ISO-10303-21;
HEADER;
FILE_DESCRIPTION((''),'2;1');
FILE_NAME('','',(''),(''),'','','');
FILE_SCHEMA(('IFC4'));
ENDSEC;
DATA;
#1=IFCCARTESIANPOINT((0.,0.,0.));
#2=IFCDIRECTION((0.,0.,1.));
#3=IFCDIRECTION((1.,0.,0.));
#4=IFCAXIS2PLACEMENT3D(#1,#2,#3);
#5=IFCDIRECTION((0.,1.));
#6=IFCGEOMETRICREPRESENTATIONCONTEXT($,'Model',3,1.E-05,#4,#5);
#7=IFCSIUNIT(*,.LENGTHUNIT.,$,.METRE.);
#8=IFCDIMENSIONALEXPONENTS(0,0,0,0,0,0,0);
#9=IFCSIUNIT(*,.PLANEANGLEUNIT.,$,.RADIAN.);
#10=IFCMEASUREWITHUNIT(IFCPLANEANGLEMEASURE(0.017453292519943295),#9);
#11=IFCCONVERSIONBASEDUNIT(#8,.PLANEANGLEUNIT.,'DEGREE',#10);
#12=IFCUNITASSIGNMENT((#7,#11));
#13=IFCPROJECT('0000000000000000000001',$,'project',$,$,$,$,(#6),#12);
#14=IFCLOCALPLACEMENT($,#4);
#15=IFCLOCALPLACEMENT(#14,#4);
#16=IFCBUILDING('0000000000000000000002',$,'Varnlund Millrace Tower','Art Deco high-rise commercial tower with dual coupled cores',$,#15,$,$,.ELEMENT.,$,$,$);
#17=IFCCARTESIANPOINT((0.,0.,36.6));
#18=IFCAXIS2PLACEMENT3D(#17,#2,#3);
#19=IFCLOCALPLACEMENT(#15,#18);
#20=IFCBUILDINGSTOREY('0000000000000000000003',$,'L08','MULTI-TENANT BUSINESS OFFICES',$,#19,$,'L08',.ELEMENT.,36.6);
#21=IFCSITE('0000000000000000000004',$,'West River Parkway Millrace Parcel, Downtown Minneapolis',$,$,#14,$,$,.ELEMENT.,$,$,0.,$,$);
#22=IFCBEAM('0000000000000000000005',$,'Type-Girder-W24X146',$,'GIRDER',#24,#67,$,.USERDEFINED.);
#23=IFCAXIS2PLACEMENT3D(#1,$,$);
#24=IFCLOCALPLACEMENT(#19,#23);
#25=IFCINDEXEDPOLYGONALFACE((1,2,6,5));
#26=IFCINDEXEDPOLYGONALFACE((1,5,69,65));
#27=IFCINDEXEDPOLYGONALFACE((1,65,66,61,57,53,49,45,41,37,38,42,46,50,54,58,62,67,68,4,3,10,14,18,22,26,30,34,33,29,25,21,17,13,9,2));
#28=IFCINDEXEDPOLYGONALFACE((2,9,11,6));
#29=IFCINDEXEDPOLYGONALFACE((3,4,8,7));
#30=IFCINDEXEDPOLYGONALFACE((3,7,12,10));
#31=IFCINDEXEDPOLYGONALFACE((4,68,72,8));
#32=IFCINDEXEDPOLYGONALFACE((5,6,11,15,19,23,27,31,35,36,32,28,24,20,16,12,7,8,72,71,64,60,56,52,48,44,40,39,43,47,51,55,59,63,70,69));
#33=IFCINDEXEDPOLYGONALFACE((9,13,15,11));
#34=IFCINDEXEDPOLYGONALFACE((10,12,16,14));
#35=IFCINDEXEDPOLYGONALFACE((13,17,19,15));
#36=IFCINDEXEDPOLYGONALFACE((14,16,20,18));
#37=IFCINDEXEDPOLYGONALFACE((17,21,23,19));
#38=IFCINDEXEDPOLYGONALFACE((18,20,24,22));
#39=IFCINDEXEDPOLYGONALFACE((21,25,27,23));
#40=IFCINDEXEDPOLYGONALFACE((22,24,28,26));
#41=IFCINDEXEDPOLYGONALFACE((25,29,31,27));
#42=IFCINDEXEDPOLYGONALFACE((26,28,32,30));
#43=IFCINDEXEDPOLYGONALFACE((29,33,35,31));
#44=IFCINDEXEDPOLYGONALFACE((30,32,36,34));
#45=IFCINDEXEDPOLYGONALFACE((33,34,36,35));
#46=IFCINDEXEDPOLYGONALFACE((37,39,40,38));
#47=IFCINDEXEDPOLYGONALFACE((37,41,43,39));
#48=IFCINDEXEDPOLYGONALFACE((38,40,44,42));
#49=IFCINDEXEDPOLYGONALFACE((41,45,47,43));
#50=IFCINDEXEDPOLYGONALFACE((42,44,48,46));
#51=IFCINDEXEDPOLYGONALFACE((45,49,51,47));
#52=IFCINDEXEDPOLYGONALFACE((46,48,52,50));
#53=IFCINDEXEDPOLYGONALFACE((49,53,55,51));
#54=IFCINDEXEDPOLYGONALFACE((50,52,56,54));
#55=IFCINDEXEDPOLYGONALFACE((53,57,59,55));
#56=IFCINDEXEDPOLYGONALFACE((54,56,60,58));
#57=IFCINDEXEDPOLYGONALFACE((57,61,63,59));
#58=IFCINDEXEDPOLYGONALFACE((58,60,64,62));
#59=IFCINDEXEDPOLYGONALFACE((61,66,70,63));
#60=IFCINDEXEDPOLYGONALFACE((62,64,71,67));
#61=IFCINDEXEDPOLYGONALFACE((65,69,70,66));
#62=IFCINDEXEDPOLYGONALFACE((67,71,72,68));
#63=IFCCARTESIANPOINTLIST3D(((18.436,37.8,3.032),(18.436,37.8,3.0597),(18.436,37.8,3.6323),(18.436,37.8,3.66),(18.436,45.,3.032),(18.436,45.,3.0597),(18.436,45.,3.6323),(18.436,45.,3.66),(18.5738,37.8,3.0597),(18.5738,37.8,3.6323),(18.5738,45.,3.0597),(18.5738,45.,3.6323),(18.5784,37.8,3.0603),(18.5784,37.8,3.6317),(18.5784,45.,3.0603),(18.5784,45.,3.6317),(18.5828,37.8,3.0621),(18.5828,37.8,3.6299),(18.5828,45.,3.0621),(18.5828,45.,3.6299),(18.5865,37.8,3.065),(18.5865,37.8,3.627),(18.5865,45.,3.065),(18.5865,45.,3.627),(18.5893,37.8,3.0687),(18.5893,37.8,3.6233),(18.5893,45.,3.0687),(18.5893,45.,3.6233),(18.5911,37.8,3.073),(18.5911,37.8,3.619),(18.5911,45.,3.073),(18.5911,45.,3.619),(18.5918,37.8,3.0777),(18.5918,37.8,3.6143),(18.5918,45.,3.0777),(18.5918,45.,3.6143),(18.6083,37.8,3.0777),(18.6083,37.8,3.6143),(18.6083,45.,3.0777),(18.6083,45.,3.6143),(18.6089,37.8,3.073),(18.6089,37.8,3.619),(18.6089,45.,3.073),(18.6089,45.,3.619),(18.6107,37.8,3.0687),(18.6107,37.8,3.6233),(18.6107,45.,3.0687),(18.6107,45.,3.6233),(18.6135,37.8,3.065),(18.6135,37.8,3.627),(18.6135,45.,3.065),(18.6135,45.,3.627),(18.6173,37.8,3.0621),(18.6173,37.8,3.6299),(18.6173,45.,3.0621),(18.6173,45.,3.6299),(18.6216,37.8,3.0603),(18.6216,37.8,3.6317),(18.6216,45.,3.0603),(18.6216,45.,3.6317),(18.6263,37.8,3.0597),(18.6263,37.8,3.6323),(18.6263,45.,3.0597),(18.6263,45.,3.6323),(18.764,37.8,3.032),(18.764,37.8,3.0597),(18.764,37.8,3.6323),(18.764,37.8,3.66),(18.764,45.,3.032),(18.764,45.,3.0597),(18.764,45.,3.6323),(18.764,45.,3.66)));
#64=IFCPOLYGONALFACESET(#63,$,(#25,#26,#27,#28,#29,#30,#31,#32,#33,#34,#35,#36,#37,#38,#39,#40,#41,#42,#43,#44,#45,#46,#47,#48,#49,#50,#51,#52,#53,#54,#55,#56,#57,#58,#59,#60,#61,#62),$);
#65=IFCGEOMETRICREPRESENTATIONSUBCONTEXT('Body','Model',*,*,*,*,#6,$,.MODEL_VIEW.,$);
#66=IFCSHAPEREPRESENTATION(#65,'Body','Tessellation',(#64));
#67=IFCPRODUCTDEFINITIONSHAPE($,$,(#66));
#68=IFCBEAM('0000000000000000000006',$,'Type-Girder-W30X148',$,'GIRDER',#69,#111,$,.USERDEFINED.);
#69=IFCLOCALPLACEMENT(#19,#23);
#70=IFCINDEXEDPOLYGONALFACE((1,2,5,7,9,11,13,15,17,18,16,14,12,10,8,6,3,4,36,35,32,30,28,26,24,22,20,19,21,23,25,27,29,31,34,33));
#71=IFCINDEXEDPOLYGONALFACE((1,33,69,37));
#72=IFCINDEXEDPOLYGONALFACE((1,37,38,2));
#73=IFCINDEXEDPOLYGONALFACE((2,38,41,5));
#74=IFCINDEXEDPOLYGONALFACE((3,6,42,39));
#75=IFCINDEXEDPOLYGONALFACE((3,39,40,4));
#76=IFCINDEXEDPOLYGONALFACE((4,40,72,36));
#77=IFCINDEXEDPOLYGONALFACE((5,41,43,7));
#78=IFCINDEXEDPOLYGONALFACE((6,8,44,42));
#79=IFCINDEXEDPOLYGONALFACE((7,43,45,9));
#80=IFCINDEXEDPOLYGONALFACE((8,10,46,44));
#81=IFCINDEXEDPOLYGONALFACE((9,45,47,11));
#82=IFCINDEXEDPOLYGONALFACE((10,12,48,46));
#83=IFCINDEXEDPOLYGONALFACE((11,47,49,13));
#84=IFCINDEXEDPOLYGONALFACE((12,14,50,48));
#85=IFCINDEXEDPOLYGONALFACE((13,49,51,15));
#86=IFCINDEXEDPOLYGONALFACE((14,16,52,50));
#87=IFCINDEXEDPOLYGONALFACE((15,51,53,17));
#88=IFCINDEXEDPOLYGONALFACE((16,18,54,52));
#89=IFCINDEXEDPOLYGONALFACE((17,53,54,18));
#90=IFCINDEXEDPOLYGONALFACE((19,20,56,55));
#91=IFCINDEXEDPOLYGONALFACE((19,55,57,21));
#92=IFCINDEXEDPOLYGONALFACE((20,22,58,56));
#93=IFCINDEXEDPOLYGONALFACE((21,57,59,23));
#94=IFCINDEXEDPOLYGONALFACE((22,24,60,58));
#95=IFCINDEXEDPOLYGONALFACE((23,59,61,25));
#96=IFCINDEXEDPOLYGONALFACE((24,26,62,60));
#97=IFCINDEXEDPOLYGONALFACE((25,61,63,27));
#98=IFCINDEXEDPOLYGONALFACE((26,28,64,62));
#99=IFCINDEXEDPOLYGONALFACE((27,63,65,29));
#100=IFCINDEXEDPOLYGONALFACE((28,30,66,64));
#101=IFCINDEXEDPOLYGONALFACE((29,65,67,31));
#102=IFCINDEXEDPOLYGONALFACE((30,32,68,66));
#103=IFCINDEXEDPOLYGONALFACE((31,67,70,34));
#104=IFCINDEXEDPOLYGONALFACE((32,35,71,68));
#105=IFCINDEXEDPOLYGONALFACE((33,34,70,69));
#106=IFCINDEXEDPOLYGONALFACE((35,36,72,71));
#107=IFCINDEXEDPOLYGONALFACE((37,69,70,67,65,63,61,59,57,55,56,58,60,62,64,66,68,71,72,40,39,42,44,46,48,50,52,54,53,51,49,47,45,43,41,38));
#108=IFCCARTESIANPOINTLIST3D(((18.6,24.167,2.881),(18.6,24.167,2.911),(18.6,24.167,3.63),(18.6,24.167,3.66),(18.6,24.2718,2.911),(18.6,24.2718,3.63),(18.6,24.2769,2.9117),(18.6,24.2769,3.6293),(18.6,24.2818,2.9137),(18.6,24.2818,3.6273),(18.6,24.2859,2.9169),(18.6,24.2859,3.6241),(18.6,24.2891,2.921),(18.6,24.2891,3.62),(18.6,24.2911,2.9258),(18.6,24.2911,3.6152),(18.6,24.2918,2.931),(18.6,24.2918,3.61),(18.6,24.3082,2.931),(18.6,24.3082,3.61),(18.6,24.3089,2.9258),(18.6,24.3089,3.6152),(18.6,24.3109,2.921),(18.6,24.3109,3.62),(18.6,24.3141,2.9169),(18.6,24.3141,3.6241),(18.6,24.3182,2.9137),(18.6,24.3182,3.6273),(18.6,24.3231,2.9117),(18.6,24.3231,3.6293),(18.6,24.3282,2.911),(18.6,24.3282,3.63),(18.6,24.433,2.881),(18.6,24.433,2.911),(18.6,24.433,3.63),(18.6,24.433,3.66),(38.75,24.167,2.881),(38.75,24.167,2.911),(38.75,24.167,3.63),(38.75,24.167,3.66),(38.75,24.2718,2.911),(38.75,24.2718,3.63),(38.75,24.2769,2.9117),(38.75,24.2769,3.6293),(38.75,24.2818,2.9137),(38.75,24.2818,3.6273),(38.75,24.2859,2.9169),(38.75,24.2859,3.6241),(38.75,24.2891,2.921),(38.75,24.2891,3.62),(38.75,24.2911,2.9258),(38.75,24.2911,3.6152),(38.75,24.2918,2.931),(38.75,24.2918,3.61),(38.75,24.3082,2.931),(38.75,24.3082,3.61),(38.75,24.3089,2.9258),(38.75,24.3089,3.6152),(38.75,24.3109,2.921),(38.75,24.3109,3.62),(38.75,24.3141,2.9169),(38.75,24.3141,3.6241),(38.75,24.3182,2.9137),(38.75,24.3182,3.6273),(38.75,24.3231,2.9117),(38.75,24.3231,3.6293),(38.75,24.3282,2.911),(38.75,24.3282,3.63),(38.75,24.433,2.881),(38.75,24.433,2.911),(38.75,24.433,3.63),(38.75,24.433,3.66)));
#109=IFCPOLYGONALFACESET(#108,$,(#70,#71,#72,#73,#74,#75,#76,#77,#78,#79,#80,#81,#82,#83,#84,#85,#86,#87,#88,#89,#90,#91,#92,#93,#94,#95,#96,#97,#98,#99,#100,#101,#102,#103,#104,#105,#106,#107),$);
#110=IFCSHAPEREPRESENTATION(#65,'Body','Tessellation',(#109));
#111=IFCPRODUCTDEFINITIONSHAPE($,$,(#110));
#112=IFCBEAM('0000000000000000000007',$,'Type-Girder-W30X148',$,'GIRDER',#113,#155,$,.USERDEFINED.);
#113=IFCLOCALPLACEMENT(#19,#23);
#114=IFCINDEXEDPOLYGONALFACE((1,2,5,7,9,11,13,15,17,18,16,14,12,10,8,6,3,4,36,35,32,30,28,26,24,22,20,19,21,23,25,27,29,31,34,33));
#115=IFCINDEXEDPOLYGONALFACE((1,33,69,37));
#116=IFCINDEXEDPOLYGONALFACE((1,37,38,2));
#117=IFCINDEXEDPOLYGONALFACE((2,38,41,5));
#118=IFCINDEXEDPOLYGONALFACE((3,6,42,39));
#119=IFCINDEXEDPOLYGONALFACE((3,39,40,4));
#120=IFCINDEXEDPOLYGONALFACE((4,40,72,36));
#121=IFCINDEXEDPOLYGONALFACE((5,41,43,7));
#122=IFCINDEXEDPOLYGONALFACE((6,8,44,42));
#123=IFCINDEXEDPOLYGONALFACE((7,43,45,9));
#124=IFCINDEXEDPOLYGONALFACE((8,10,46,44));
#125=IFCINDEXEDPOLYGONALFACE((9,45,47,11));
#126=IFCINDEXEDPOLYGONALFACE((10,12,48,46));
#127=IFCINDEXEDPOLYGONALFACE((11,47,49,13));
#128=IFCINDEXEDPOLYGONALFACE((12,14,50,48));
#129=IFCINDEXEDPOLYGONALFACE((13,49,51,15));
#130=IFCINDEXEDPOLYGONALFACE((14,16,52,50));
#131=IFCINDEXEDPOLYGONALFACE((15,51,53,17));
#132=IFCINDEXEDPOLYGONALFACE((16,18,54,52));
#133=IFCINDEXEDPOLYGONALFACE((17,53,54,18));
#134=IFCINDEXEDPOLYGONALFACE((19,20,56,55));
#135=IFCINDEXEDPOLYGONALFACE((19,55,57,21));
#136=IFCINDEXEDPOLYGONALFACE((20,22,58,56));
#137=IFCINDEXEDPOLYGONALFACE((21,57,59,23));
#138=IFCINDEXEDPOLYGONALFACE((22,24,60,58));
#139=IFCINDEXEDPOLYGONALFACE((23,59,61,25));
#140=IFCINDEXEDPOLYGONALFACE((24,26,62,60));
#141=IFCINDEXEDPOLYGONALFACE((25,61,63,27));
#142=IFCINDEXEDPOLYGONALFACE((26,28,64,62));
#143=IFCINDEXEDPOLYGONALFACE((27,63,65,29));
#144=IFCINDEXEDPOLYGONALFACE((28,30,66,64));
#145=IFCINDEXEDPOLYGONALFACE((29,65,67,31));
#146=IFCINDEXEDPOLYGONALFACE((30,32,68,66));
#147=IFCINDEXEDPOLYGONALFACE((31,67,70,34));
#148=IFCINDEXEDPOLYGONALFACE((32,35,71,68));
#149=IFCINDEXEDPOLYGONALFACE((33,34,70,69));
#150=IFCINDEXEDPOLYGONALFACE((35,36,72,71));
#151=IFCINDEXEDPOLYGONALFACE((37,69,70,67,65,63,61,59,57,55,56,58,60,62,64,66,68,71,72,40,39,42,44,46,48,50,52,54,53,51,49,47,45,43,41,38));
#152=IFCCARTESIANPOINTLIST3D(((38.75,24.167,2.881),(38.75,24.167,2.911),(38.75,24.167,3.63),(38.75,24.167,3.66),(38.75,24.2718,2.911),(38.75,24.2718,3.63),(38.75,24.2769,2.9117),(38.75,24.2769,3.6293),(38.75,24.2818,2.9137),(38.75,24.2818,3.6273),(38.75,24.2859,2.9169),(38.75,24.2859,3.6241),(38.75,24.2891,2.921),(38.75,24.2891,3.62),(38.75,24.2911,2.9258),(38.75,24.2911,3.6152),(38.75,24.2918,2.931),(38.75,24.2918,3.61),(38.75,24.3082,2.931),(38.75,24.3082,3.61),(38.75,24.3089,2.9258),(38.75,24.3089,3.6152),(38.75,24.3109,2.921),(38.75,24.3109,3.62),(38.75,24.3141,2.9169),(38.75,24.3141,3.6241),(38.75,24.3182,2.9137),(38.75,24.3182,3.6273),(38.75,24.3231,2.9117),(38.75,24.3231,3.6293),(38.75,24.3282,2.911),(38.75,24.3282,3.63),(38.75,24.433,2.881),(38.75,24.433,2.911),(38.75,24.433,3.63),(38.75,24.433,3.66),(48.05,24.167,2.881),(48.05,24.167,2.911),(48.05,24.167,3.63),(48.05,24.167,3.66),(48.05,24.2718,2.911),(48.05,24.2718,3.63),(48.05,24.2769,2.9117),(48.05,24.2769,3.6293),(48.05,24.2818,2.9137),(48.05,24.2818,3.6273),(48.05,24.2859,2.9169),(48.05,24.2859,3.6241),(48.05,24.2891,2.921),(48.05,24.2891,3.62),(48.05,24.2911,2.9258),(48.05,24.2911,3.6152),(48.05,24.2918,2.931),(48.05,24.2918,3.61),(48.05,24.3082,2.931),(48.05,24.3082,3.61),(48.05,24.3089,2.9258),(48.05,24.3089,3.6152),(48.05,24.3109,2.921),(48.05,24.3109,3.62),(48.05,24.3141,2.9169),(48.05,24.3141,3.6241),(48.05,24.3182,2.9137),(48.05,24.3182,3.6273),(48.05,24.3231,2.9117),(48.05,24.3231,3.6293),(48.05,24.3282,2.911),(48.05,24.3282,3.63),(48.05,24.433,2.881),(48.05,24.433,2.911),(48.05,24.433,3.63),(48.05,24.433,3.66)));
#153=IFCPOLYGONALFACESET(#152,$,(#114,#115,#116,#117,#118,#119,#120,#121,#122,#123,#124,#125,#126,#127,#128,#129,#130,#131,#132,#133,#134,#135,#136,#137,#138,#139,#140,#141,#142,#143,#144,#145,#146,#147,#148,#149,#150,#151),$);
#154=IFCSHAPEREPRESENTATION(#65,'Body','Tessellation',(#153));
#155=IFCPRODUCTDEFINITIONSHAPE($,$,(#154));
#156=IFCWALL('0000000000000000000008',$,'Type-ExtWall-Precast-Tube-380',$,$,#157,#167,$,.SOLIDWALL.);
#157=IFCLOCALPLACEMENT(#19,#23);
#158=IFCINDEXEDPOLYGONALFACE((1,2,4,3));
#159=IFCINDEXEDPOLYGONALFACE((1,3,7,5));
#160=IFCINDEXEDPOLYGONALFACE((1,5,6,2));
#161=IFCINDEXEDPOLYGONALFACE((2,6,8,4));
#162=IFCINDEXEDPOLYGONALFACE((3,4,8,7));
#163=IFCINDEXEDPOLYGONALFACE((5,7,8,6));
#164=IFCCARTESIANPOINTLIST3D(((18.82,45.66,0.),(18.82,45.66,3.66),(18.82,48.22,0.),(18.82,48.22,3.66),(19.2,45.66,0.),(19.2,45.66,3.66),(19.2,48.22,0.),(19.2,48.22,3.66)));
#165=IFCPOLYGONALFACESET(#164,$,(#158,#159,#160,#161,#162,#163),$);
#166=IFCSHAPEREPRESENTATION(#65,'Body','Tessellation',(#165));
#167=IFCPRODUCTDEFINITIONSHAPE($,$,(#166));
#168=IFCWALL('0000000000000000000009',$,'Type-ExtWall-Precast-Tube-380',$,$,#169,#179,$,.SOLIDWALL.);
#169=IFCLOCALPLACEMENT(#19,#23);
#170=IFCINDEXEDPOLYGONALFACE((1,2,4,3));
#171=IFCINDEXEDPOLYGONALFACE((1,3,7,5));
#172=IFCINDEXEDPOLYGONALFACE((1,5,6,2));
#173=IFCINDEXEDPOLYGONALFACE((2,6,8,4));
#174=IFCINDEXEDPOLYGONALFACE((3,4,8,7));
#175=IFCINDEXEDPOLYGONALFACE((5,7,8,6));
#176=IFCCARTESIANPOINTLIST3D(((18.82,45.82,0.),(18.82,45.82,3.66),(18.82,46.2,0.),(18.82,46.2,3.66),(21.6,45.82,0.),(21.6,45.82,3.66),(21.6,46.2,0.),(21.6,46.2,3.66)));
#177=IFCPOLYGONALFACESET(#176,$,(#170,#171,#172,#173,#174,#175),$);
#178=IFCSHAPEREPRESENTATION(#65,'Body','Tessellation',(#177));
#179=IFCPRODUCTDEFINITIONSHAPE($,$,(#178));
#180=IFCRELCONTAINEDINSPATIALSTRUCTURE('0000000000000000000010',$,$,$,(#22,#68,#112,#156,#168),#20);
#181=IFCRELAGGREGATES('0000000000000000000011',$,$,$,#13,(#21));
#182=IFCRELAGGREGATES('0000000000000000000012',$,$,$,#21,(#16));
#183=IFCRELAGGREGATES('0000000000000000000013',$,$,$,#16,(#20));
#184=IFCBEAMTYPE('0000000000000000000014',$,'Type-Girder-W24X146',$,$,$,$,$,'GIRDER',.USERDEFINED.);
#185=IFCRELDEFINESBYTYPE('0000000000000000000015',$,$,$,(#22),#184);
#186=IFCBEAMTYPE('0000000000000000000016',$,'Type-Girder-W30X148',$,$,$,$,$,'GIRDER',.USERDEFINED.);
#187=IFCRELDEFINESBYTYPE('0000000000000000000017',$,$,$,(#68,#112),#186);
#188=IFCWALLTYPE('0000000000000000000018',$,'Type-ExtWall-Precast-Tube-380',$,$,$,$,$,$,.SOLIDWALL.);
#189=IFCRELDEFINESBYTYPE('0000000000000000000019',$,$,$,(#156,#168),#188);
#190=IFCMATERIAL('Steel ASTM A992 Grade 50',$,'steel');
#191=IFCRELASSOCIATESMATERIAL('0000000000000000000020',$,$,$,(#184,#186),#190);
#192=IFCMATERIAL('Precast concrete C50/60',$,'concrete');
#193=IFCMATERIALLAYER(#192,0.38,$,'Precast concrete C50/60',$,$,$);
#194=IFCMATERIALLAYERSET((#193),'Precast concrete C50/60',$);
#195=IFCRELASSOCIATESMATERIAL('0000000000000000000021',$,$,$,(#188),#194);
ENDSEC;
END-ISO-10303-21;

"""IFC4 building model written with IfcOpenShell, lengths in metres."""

from ifc_helpers import new_model, entity, si_unit, converted_unit, direction, frame, origin_with_axes, origin_2d_with_axis, place, context, subcontext, project, spatial, polyline, i_section, outline, extrude, material, layer, layer_set, material_profile, profile_set, type_object, element, save


model = new_model("IFC4")

# Units and contexts
model_context = context("Model", 3, precision=1e-05, world=origin_with_axes(), true_north=direction((0.0, 1.0)))
body_context = subcontext(model_context, "Body", "Model", "MODEL_VIEW")
ifc_project = project(units=[si_unit("LENGTHUNIT", "METRE"), converted_unit("PLANEANGLEUNIT", "DEGREE", entity("IfcPlaneAngleMeasure", 0.017453292519943295), si_unit("PLANEANGLEUNIT", "RADIAN"), dimensions=[0, 0, 0, 0, 0, 0, 0])], contexts=[model_context])

# Site, building, storey
site_placement = place(None, origin_with_axes())
site = spatial("IfcSite", under=ifc_project, at=site_placement, Name="West River Parkway Millrace Parcel, Downtown Minneapolis", CompositionType="ELEMENT", RefElevation=0.0)
building_placement = place(site_placement, origin_with_axes())
building = spatial("IfcBuilding", under=site, at=building_placement, Name="Varnlund Millrace Tower", Description="Art Deco high-rise commercial tower with dual coupled cores", CompositionType="ELEMENT")
storey_placement = place(building_placement, frame((0.0, 0.0, 36.6), z_axis=(0.0, 0.0, 1.0), x_axis=(1.0, 0.0, 0.0)))
storey = spatial("IfcBuildingStorey", under=building, at=storey_placement, Name="L08", Description="MULTI-TENANT BUSINESS OFFICES", LongName="L08", CompositionType="ELEMENT", Elevation=36.6)

# Beams
ifc_material_1 = material(Name="Steel ASTM A992 Grade 50", Category="steel")
ifc_material_profile_1 = material_profile(ifc_material_1, i_section(OverallWidth=0.328, OverallDepth=0.628, WebThickness=0.0165, FlangeThickness=0.0277, FilletRadius=0.018, at=origin_2d_with_axis()), Name="Steel ASTM A992 Grade 50")
ifc_profile_set_1 = profile_set([ifc_material_profile_1], Name="Steel ASTM A992 Grade 50")
beam_type_1 = type_object("IfcBeamType", Name="Type-Girder-W24X146", ElementType="GIRDER", PredefinedType="USERDEFINED", material=ifc_profile_set_1)
beam_1_placement = place(storey_placement, frame((18.6, 37.8, 3.346), z_axis=(0.0, 1.0, 0.0), x_axis=(-1.0, 0.0, 0.0)))
element("IfcBeam", 1, at=beam_1_placement, inside=storey, type_object=beam_type_1, Name="Type-Girder-W24X146", ObjectType="GIRDER", PredefinedType="USERDEFINED", context=body_context, shape_type="SweptSolid", body=[
    extrude(i_section(OverallWidth=0.328, OverallDepth=0.628, WebThickness=0.0165, FlangeThickness=0.0277, FilletRadius=0.018, at=origin_2d_with_axis()), origin_with_axes(), (0.0, 0.0, 1.0), 7.2),
])
ifc_material_profile_2 = material_profile(ifc_material_1, i_section(OverallWidth=0.266, OverallDepth=0.779, WebThickness=0.0165, FlangeThickness=0.03, FilletRadius=0.02, at=origin_2d_with_axis()), Name="Steel ASTM A992 Grade 50")
ifc_profile_set_2 = profile_set([ifc_material_profile_2], Name="Steel ASTM A992 Grade 50")
beam_type_2 = type_object("IfcBeamType", Name="Type-Girder-W30X148", ElementType="GIRDER", PredefinedType="USERDEFINED", material=ifc_profile_set_2)
beam_2_placement = place(storey_placement, frame((18.6, 24.3, 3.2705), z_axis=(1.0, 0.0, 0.0), x_axis=(0.0, 1.0, 0.0)))
element("IfcBeam", 2, at=beam_2_placement, inside=storey, type_object=beam_type_2, Name="Type-Girder-W30X148", ObjectType="GIRDER", PredefinedType="USERDEFINED", context=body_context, shape_type="SweptSolid", body=[
    extrude(i_section(OverallWidth=0.266, OverallDepth=0.779, WebThickness=0.0165, FlangeThickness=0.03, FilletRadius=0.02, at=origin_2d_with_axis()), origin_with_axes(), (0.0, 0.0, 1.0), 20.15),
])
beam_3_placement = place(storey_placement, frame((38.75, 24.3, 3.2705), z_axis=(1.0, 0.0, 0.0), x_axis=(0.0, 1.0, 0.0)))
element("IfcBeam", 3, at=beam_3_placement, inside=storey, type_object=beam_type_2, Name="Type-Girder-W30X148", ObjectType="GIRDER", PredefinedType="USERDEFINED", context=body_context, shape_type="SweptSolid", body=[
    extrude(i_section(OverallWidth=0.266, OverallDepth=0.779, WebThickness=0.0165, FlangeThickness=0.03, FilletRadius=0.02, at=origin_2d_with_axis()), origin_with_axes(), (0.0, 0.0, 1.0), 9.3),
])

# Walls
ifc_material_2 = material(Name="Precast concrete C50/60", Category="concrete")
ifc_layer_1 = layer(ifc_material_2, 0.38, Name="Precast concrete C50/60")
ifc_layer_set_1 = layer_set([ifc_layer_1], Name="Precast concrete C50/60")
wall_type_1 = type_object("IfcWallType", Name="Type-ExtWall-Precast-Tube-380", PredefinedType="SOLIDWALL", material=ifc_layer_set_1)
wall_1_placement = place(storey_placement, frame((19.01, 48.22, 0.0), z_axis=(0.0, 0.0, 1.0), x_axis=(0.0, -1.0, 0.0)))
element("IfcWall", 4, at=wall_1_placement, inside=storey, type_object=wall_type_1, Name="Type-ExtWall-Precast-Tube-380", PredefinedType="SOLIDWALL", context=body_context, shape_type="SweptSolid", body=[
    extrude(outline(polyline([(0.0, -0.19), (2.56, -0.19), (2.56, 0.19), (0.0, 0.19), (0.0, -0.19)])), origin_with_axes(), (0.0, 0.0, 1.0), 3.66),
])
wall_2_placement = place(storey_placement, frame((18.82, 46.01, 0.0), z_axis=(0.0, 0.0, 1.0), x_axis=(1.0, 0.0, 0.0)))
element("IfcWall", 5, at=wall_2_placement, inside=storey, type_object=wall_type_1, Name="Type-ExtWall-Precast-Tube-380", PredefinedType="SOLIDWALL", context=body_context, shape_type="SweptSolid", body=[
    extrude(outline(polyline([(0.0, -0.19), (2.78, -0.19), (2.78, 0.19), (0.0, 0.19), (0.0, -0.19)])), origin_with_axes(), (0.0, 0.0, 1.0), 3.66),
])

save(model, "model.ifc")
